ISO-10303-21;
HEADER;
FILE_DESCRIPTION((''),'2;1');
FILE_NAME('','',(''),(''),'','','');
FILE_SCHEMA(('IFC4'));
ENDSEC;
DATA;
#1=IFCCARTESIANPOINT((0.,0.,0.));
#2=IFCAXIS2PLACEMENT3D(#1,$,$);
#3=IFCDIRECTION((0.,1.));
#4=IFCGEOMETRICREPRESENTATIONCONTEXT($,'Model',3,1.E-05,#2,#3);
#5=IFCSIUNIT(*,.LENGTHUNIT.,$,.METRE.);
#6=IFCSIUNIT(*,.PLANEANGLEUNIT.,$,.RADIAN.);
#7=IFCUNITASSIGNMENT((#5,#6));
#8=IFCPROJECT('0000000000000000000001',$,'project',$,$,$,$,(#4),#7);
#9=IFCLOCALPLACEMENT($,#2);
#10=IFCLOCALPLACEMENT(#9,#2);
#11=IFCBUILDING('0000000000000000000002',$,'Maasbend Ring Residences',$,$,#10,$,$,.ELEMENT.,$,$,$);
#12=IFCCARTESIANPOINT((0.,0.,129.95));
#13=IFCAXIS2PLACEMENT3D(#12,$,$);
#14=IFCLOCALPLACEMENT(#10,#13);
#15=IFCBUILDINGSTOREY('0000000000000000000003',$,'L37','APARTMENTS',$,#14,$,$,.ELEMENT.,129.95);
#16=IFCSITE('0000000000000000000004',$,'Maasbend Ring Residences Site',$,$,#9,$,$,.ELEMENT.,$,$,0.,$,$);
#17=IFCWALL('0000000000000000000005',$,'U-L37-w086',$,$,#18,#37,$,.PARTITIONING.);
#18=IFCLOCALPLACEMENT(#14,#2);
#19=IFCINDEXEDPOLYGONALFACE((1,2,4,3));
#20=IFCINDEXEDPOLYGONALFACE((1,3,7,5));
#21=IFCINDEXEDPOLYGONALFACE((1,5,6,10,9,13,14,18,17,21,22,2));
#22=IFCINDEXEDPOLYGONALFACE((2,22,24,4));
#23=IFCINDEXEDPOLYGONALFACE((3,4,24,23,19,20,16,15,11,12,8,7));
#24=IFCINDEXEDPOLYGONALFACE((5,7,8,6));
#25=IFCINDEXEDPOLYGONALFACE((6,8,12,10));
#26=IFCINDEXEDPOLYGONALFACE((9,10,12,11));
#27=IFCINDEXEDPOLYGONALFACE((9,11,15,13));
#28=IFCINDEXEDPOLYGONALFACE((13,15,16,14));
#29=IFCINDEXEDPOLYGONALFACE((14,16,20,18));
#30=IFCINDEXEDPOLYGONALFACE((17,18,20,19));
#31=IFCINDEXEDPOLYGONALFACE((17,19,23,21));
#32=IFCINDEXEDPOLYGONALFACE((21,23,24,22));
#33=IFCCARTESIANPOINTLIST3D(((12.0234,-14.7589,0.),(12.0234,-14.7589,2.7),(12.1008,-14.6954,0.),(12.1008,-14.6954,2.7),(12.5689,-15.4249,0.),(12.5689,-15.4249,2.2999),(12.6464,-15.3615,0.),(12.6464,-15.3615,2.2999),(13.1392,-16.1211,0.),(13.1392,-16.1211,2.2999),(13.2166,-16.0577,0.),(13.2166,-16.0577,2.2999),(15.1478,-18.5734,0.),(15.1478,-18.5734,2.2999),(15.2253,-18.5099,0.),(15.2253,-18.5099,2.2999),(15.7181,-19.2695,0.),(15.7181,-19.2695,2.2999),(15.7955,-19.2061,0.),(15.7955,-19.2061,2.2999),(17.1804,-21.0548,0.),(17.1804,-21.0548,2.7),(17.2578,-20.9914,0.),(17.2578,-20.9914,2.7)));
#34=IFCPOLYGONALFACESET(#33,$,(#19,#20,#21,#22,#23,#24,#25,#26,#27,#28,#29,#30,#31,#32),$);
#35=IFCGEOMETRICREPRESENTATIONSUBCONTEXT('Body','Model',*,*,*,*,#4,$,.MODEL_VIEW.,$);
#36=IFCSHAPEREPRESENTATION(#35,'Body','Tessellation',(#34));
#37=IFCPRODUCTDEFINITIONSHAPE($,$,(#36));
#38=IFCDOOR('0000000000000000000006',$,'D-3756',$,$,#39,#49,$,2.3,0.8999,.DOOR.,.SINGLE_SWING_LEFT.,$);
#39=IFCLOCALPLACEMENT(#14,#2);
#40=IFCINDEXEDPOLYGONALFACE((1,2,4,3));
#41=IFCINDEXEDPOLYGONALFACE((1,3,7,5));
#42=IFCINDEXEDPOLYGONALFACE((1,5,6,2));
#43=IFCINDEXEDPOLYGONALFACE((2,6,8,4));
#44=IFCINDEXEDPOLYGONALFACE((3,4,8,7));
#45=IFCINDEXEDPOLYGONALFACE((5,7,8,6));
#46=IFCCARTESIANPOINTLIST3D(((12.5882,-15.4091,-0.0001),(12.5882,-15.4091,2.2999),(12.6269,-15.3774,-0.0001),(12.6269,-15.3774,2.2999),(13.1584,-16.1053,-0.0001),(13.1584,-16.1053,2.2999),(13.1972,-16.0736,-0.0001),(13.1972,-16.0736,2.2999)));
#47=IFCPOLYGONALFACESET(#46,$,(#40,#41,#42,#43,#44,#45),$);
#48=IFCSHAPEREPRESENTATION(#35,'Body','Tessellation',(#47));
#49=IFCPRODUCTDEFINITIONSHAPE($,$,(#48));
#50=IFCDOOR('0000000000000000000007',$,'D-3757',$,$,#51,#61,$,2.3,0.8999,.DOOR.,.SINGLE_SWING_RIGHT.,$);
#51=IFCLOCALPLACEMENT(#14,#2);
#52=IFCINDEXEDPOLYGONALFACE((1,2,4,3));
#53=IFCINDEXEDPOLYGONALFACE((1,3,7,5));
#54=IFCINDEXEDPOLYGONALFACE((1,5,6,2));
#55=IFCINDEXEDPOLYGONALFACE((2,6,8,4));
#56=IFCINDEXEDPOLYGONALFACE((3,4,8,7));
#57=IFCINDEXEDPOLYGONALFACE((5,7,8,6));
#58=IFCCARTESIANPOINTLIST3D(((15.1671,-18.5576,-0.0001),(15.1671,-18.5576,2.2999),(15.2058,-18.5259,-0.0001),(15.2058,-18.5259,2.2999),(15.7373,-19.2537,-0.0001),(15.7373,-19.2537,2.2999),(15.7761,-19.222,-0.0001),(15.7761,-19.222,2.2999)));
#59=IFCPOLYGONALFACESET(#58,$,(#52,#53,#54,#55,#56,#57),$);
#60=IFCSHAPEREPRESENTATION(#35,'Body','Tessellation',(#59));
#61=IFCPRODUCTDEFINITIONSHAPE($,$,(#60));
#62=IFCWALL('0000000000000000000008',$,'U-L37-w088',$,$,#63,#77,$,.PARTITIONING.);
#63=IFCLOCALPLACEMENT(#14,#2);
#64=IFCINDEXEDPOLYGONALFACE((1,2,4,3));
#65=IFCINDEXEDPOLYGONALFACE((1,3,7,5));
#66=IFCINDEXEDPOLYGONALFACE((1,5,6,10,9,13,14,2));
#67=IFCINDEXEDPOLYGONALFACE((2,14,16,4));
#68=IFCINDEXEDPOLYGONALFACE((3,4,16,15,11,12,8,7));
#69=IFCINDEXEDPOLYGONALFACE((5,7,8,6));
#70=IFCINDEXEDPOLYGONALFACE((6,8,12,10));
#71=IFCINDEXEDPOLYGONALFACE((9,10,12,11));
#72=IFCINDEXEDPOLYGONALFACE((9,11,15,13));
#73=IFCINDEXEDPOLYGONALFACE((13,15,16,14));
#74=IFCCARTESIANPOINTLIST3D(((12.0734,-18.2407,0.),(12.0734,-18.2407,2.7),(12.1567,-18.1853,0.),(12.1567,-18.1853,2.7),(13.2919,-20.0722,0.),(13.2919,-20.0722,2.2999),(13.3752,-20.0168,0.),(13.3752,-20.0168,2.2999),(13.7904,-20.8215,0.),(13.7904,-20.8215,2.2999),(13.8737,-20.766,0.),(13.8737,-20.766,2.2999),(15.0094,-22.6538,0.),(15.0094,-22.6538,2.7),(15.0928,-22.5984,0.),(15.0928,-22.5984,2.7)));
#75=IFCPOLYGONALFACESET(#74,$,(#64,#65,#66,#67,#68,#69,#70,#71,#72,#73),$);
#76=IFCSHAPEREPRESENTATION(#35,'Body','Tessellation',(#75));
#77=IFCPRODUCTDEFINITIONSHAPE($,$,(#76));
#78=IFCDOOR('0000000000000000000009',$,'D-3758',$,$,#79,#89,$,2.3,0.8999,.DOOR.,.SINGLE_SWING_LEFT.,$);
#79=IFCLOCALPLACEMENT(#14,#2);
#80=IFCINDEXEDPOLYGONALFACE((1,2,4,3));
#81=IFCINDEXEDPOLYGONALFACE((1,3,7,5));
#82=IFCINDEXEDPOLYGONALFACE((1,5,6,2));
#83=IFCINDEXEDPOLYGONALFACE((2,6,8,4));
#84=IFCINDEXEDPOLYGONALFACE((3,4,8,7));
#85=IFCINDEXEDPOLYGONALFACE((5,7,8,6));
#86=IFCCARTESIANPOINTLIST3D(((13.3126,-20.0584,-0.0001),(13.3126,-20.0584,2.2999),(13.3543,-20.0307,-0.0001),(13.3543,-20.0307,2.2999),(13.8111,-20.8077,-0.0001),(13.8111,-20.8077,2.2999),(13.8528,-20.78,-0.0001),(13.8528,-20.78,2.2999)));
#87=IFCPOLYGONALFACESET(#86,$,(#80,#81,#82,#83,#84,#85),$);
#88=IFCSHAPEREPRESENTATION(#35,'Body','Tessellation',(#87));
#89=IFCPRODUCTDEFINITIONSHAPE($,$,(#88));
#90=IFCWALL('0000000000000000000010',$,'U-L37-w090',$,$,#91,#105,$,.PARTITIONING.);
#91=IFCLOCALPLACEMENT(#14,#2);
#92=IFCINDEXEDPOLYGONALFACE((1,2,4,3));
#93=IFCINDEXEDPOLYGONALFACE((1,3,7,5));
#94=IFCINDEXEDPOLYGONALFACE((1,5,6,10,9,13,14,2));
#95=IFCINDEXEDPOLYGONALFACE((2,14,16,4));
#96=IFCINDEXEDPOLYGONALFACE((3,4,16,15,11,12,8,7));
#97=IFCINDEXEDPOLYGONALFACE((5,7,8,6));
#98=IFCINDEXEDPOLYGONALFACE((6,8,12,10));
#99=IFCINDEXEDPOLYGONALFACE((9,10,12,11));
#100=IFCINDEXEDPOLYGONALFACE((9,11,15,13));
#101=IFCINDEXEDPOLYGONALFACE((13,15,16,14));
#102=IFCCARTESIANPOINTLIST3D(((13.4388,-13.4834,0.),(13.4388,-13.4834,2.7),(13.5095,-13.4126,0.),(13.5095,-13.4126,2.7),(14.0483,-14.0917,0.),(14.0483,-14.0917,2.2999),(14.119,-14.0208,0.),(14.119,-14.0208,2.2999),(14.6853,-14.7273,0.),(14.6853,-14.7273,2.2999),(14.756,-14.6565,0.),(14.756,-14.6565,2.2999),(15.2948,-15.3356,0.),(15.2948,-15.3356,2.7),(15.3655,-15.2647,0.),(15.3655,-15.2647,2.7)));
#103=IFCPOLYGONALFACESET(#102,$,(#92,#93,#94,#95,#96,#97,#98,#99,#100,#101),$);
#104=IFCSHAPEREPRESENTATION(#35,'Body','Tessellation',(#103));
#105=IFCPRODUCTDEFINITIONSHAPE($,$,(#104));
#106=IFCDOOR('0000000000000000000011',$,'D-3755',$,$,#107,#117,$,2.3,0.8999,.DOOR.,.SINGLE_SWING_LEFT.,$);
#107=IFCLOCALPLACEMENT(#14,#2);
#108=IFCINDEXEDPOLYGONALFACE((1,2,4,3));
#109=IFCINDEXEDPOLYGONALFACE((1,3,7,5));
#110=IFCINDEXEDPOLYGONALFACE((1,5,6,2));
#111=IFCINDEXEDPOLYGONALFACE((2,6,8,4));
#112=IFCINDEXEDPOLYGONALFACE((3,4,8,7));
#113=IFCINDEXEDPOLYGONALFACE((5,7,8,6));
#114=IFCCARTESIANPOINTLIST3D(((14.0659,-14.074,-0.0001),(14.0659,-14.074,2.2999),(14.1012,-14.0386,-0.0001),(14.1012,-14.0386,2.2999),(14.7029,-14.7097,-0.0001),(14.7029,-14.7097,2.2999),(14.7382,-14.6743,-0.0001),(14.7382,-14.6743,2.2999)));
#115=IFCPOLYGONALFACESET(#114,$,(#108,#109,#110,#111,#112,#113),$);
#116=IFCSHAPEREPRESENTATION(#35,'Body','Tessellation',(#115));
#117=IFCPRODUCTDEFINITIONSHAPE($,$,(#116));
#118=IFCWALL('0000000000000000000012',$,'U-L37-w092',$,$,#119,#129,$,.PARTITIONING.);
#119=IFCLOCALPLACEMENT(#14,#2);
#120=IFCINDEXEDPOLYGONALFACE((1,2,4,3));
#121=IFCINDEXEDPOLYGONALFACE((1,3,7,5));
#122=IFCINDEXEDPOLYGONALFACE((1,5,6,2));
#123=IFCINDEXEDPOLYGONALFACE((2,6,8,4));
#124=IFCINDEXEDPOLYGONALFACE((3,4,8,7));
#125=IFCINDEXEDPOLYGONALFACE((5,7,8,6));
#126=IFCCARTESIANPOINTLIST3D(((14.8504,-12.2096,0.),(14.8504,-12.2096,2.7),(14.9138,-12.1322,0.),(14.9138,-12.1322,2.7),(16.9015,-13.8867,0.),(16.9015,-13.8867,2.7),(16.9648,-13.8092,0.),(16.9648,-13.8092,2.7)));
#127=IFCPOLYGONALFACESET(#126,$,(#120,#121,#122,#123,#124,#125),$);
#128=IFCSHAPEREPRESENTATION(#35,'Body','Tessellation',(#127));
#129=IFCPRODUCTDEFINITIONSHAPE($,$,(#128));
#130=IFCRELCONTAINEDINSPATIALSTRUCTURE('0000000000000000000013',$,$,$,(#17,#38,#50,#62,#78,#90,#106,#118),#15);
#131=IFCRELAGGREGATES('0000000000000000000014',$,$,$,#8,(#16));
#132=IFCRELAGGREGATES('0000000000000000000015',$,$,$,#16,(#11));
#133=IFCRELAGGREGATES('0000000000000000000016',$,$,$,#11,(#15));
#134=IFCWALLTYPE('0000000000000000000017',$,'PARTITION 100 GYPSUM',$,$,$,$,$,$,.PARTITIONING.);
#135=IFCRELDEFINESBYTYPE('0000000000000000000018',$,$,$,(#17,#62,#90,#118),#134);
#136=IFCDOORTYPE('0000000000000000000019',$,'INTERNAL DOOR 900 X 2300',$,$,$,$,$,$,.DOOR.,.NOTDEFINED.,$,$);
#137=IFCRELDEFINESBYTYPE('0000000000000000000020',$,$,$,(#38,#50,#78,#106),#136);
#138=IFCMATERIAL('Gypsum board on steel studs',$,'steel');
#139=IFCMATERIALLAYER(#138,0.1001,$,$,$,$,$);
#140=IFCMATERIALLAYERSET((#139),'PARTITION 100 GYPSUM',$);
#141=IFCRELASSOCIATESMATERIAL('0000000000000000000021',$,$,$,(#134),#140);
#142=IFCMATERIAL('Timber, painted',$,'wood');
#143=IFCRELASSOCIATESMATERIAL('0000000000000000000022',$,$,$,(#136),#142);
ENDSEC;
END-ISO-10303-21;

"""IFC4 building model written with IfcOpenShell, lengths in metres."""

from ifc_helpers import new_model, si_unit, direction, frame, frame_2d, origin, place, context, subcontext, project, spatial, rectangle, extrude, material, layer, layer_set, type_object, element, fill, save


model = new_model("IFC4")

# Units and contexts
model_context = context("Model", 3, precision=1e-05, world=origin(), true_north=direction((0.0, 1.0)))
body_context = subcontext(model_context, "Body", "Model", "MODEL_VIEW")
ifc_project = project(units=[si_unit("LENGTHUNIT", "METRE"), si_unit("PLANEANGLEUNIT", "RADIAN")], contexts=[model_context])

# Site, building, storey
site_placement = place(None, origin())
site = spatial("IfcSite", under=ifc_project, at=site_placement, Name="Maasbend Ring Residences Site", CompositionType="ELEMENT", RefElevation=0.0)
building_placement = place(site_placement, origin())
building = spatial("IfcBuilding", under=site, at=building_placement, Name="Maasbend Ring Residences", CompositionType="ELEMENT")
storey_placement = place(building_placement, frame((0.0, 0.0, 129.95)))
storey = spatial("IfcBuildingStorey", under=building, at=storey_placement, Name="L37", Description="APARTMENTS", CompositionType="ELEMENT", Elevation=129.95)

# Shared definitions
ifc_material_1 = material(Name="Gypsum board on steel studs", Category="steel")
ifc_layer_1 = layer(ifc_material_1, 0.1001)
ifc_layer_set_1 = layer_set([ifc_layer_1], Name="PARTITION 100 GYPSUM")
wall_type_1 = type_object("IfcWallType", Name="PARTITION 100 GYPSUM", PredefinedType="PARTITIONING", material=ifc_layer_set_1)
ifc_material_2 = material(Name="Timber, painted", Category="wood")
door_type_1 = type_object("IfcDoorType", Name="INTERNAL DOOR 900 X 2300", OperationType="NOTDEFINED", PredefinedType="DOOR", material=ifc_material_2)

# Wall, openings, doors
wall_1_placement = place(storey_placement, frame((12.062, -14.7271, 0.0), z_axis=(0.0, 0.0, 1.0), x_axis=(0.633664, -0.773608, 0.0)))
wall_1 = element("IfcWall", 1, at=wall_1_placement, inside=storey, type_object=wall_type_1, Name="U-L37-w086", PredefinedType="PARTITIONING", context=body_context, shape_type="SweptSolid", body=[
    extrude(rectangle(XDim=8.1384, YDim=0.1001, at=frame_2d((4.0693, 0.0))), origin(), (0.0, 0.0, 1.0), 2.7),
])
opening_1_placement = place(wall_1_placement, frame((0.8611, 0.0, 0.0)))
opening_1 = element("IfcOpeningElement", 2, at=opening_1_placement, cuts=wall_1, PredefinedType="OPENING", context=body_context, shape_type="SweptSolid", body=[
    extrude(rectangle(XDim=0.8999, YDim=2.3, at=frame_2d((0.45, 1.1499))), frame((0.0, 0.0601, 0.0), z_axis=(0.0, -1.0, 0.0), x_axis=(1.0, 0.0, 0.0)), (0.0, 0.0, 1.0), 0.1201),
])
opening_2_placement = place(wall_1_placement, frame((4.9309, 0.0, 0.0)))
opening_2 = element("IfcOpeningElement", 3, at=opening_2_placement, cuts=wall_1, PredefinedType="OPENING", context=body_context, shape_type="SweptSolid", body=[
    extrude(rectangle(XDim=0.8999, YDim=2.3, at=frame_2d((0.45, 1.1499))), frame((0.0, 0.0601, 0.0), z_axis=(0.0, -1.0, 0.0), x_axis=(1.0, 0.0, 0.0)), (0.0, 0.0, 1.0), 0.1201),
])
door_1_placement = place(opening_1_placement, origin())
door_1 = element("IfcDoor", 4, at=door_1_placement, inside=storey, type_object=door_type_1, Name="D-3756", OperationType="SINGLE_SWING_LEFT", OverallHeight=2.3, OverallWidth=0.8999, PredefinedType="DOOR", context=body_context, shape_type="SweptSolid", body=[
    extrude(rectangle(XDim=0.8999, YDim=2.3, at=frame_2d((0.45, 1.1499))), frame((0.0, 0.0249, 0.0), z_axis=(0.0, -1.0, 0.0), x_axis=(1.0, 0.0, 0.0)), (0.0, 0.0, 1.0), 0.05),
])
fill(opening_1, door_1)
door_2_placement = place(opening_2_placement, origin())
door_2 = element("IfcDoor", 5, at=door_2_placement, inside=storey, type_object=door_type_1, Name="D-3757", OperationType="SINGLE_SWING_RIGHT", OverallHeight=2.3, OverallWidth=0.8999, PredefinedType="DOOR", context=body_context, shape_type="SweptSolid", body=[
    extrude(rectangle(XDim=0.8999, YDim=2.3, at=frame_2d((0.45, 1.1499))), frame((0.0, 0.0249, 0.0), z_axis=(0.0, -1.0, 0.0), x_axis=(1.0, 0.0, 0.0)), (0.0, 0.0, 1.0), 0.05),
])
fill(opening_2, door_2)

# Walls, openings, doors
wall_2_placement = place(storey_placement, frame((12.115, -18.2129, 0.0), z_axis=(0.0, 0.0, 1.0), x_axis=(0.553913, -0.832574, 0.0)))
wall_2 = element("IfcWall", 6, at=wall_2_placement, inside=storey, type_object=wall_type_1, Name="U-L37-w088", PredefinedType="PARTITIONING", context=body_context, shape_type="SweptSolid", body=[
    extrude(rectangle(XDim=5.3005, YDim=0.1001, at=frame_2d((2.6504, 0.0))), origin(), (0.0, 0.0, 1.0), 2.7),
])
opening_3_placement = place(wall_2_placement, frame((2.2, 0.0, 0.0)))
opening_3 = element("IfcOpeningElement", 7, at=opening_3_placement, cuts=wall_2, PredefinedType="OPENING", context=body_context, shape_type="SweptSolid", body=[
    extrude(rectangle(XDim=0.8999, YDim=2.3, at=frame_2d((0.45, 1.1499))), frame((0.0, 0.0601, 0.0), z_axis=(0.0, -1.0, 0.0), x_axis=(1.0, 0.0, 0.0)), (0.0, 0.0, 1.0), 0.1201),
])
door_3_placement = place(opening_3_placement, origin())
door_3 = element("IfcDoor", 8, at=door_3_placement, inside=storey, type_object=door_type_1, Name="D-3758", OperationType="SINGLE_SWING_LEFT", OverallHeight=2.3, OverallWidth=0.8999, PredefinedType="DOOR", context=body_context, shape_type="SweptSolid", body=[
    extrude(rectangle(XDim=0.8999, YDim=2.3, at=frame_2d((0.45, 1.1499))), frame((0.0, 0.0249, 0.0), z_axis=(0.0, -1.0, 0.0), x_axis=(1.0, 0.0, 0.0)), (0.0, 0.0, 1.0), 0.05),
])
fill(opening_3, door_3)
wall_3_placement = place(storey_placement, frame((13.4741, -13.448, 0.0), z_axis=(0.0, 0.0, 1.0), x_axis=(0.707851, -0.706361, 0.0)))
wall_3 = element("IfcWall", 9, at=wall_3_placement, inside=storey, type_object=wall_type_1, Name="U-L37-w090", PredefinedType="PARTITIONING", context=body_context, shape_type="SweptSolid", body=[
    extrude(rectangle(XDim=2.6221, YDim=0.1001, at=frame_2d((1.311, 0.0))), origin(), (0.0, 0.0, 1.0), 2.7),
])
opening_4_placement = place(wall_3_placement, frame((0.8611, 0.0, 0.0)))
opening_4 = element("IfcOpeningElement", 10, at=opening_4_placement, cuts=wall_3, PredefinedType="OPENING", context=body_context, shape_type="SweptSolid", body=[
    extrude(rectangle(XDim=0.8999, YDim=2.3, at=frame_2d((0.45, 1.1499))), frame((0.0, 0.0601, 0.0), z_axis=(0.0, -1.0, 0.0), x_axis=(1.0, 0.0, 0.0)), (0.0, 0.0, 1.0), 0.1201),
])
door_4_placement = place(opening_4_placement, origin())
door_4 = element("IfcDoor", 11, at=door_4_placement, inside=storey, type_object=door_type_1, Name="D-3755", OperationType="SINGLE_SWING_LEFT", OverallHeight=2.3, OverallWidth=0.8999, PredefinedType="DOOR", context=body_context, shape_type="SweptSolid", body=[
    extrude(rectangle(XDim=0.8999, YDim=2.3, at=frame_2d((0.45, 1.1499))), frame((0.0, 0.0249, 0.0), z_axis=(0.0, -1.0, 0.0), x_axis=(1.0, 0.0, 0.0)), (0.0, 0.0, 1.0), 0.05),
])
fill(opening_4, door_4)

# Wall
wall_4_placement = place(storey_placement, frame((14.8821, -12.1709, 0.0), z_axis=(0.0, 0.0, 1.0), x_axis=(0.774163, -0.632987, 0.0)))
element("IfcWall", 12, at=wall_4_placement, inside=storey, type_object=wall_type_1, Name="U-L37-w092", PredefinedType="PARTITIONING", context=body_context, shape_type="SweptSolid", body=[
    extrude(rectangle(XDim=2.6494, YDim=0.1001, at=frame_2d((1.3247, 0.0))), origin(), (0.0, 0.0, 1.0), 2.7),
])

save(model, "model.ifc")
